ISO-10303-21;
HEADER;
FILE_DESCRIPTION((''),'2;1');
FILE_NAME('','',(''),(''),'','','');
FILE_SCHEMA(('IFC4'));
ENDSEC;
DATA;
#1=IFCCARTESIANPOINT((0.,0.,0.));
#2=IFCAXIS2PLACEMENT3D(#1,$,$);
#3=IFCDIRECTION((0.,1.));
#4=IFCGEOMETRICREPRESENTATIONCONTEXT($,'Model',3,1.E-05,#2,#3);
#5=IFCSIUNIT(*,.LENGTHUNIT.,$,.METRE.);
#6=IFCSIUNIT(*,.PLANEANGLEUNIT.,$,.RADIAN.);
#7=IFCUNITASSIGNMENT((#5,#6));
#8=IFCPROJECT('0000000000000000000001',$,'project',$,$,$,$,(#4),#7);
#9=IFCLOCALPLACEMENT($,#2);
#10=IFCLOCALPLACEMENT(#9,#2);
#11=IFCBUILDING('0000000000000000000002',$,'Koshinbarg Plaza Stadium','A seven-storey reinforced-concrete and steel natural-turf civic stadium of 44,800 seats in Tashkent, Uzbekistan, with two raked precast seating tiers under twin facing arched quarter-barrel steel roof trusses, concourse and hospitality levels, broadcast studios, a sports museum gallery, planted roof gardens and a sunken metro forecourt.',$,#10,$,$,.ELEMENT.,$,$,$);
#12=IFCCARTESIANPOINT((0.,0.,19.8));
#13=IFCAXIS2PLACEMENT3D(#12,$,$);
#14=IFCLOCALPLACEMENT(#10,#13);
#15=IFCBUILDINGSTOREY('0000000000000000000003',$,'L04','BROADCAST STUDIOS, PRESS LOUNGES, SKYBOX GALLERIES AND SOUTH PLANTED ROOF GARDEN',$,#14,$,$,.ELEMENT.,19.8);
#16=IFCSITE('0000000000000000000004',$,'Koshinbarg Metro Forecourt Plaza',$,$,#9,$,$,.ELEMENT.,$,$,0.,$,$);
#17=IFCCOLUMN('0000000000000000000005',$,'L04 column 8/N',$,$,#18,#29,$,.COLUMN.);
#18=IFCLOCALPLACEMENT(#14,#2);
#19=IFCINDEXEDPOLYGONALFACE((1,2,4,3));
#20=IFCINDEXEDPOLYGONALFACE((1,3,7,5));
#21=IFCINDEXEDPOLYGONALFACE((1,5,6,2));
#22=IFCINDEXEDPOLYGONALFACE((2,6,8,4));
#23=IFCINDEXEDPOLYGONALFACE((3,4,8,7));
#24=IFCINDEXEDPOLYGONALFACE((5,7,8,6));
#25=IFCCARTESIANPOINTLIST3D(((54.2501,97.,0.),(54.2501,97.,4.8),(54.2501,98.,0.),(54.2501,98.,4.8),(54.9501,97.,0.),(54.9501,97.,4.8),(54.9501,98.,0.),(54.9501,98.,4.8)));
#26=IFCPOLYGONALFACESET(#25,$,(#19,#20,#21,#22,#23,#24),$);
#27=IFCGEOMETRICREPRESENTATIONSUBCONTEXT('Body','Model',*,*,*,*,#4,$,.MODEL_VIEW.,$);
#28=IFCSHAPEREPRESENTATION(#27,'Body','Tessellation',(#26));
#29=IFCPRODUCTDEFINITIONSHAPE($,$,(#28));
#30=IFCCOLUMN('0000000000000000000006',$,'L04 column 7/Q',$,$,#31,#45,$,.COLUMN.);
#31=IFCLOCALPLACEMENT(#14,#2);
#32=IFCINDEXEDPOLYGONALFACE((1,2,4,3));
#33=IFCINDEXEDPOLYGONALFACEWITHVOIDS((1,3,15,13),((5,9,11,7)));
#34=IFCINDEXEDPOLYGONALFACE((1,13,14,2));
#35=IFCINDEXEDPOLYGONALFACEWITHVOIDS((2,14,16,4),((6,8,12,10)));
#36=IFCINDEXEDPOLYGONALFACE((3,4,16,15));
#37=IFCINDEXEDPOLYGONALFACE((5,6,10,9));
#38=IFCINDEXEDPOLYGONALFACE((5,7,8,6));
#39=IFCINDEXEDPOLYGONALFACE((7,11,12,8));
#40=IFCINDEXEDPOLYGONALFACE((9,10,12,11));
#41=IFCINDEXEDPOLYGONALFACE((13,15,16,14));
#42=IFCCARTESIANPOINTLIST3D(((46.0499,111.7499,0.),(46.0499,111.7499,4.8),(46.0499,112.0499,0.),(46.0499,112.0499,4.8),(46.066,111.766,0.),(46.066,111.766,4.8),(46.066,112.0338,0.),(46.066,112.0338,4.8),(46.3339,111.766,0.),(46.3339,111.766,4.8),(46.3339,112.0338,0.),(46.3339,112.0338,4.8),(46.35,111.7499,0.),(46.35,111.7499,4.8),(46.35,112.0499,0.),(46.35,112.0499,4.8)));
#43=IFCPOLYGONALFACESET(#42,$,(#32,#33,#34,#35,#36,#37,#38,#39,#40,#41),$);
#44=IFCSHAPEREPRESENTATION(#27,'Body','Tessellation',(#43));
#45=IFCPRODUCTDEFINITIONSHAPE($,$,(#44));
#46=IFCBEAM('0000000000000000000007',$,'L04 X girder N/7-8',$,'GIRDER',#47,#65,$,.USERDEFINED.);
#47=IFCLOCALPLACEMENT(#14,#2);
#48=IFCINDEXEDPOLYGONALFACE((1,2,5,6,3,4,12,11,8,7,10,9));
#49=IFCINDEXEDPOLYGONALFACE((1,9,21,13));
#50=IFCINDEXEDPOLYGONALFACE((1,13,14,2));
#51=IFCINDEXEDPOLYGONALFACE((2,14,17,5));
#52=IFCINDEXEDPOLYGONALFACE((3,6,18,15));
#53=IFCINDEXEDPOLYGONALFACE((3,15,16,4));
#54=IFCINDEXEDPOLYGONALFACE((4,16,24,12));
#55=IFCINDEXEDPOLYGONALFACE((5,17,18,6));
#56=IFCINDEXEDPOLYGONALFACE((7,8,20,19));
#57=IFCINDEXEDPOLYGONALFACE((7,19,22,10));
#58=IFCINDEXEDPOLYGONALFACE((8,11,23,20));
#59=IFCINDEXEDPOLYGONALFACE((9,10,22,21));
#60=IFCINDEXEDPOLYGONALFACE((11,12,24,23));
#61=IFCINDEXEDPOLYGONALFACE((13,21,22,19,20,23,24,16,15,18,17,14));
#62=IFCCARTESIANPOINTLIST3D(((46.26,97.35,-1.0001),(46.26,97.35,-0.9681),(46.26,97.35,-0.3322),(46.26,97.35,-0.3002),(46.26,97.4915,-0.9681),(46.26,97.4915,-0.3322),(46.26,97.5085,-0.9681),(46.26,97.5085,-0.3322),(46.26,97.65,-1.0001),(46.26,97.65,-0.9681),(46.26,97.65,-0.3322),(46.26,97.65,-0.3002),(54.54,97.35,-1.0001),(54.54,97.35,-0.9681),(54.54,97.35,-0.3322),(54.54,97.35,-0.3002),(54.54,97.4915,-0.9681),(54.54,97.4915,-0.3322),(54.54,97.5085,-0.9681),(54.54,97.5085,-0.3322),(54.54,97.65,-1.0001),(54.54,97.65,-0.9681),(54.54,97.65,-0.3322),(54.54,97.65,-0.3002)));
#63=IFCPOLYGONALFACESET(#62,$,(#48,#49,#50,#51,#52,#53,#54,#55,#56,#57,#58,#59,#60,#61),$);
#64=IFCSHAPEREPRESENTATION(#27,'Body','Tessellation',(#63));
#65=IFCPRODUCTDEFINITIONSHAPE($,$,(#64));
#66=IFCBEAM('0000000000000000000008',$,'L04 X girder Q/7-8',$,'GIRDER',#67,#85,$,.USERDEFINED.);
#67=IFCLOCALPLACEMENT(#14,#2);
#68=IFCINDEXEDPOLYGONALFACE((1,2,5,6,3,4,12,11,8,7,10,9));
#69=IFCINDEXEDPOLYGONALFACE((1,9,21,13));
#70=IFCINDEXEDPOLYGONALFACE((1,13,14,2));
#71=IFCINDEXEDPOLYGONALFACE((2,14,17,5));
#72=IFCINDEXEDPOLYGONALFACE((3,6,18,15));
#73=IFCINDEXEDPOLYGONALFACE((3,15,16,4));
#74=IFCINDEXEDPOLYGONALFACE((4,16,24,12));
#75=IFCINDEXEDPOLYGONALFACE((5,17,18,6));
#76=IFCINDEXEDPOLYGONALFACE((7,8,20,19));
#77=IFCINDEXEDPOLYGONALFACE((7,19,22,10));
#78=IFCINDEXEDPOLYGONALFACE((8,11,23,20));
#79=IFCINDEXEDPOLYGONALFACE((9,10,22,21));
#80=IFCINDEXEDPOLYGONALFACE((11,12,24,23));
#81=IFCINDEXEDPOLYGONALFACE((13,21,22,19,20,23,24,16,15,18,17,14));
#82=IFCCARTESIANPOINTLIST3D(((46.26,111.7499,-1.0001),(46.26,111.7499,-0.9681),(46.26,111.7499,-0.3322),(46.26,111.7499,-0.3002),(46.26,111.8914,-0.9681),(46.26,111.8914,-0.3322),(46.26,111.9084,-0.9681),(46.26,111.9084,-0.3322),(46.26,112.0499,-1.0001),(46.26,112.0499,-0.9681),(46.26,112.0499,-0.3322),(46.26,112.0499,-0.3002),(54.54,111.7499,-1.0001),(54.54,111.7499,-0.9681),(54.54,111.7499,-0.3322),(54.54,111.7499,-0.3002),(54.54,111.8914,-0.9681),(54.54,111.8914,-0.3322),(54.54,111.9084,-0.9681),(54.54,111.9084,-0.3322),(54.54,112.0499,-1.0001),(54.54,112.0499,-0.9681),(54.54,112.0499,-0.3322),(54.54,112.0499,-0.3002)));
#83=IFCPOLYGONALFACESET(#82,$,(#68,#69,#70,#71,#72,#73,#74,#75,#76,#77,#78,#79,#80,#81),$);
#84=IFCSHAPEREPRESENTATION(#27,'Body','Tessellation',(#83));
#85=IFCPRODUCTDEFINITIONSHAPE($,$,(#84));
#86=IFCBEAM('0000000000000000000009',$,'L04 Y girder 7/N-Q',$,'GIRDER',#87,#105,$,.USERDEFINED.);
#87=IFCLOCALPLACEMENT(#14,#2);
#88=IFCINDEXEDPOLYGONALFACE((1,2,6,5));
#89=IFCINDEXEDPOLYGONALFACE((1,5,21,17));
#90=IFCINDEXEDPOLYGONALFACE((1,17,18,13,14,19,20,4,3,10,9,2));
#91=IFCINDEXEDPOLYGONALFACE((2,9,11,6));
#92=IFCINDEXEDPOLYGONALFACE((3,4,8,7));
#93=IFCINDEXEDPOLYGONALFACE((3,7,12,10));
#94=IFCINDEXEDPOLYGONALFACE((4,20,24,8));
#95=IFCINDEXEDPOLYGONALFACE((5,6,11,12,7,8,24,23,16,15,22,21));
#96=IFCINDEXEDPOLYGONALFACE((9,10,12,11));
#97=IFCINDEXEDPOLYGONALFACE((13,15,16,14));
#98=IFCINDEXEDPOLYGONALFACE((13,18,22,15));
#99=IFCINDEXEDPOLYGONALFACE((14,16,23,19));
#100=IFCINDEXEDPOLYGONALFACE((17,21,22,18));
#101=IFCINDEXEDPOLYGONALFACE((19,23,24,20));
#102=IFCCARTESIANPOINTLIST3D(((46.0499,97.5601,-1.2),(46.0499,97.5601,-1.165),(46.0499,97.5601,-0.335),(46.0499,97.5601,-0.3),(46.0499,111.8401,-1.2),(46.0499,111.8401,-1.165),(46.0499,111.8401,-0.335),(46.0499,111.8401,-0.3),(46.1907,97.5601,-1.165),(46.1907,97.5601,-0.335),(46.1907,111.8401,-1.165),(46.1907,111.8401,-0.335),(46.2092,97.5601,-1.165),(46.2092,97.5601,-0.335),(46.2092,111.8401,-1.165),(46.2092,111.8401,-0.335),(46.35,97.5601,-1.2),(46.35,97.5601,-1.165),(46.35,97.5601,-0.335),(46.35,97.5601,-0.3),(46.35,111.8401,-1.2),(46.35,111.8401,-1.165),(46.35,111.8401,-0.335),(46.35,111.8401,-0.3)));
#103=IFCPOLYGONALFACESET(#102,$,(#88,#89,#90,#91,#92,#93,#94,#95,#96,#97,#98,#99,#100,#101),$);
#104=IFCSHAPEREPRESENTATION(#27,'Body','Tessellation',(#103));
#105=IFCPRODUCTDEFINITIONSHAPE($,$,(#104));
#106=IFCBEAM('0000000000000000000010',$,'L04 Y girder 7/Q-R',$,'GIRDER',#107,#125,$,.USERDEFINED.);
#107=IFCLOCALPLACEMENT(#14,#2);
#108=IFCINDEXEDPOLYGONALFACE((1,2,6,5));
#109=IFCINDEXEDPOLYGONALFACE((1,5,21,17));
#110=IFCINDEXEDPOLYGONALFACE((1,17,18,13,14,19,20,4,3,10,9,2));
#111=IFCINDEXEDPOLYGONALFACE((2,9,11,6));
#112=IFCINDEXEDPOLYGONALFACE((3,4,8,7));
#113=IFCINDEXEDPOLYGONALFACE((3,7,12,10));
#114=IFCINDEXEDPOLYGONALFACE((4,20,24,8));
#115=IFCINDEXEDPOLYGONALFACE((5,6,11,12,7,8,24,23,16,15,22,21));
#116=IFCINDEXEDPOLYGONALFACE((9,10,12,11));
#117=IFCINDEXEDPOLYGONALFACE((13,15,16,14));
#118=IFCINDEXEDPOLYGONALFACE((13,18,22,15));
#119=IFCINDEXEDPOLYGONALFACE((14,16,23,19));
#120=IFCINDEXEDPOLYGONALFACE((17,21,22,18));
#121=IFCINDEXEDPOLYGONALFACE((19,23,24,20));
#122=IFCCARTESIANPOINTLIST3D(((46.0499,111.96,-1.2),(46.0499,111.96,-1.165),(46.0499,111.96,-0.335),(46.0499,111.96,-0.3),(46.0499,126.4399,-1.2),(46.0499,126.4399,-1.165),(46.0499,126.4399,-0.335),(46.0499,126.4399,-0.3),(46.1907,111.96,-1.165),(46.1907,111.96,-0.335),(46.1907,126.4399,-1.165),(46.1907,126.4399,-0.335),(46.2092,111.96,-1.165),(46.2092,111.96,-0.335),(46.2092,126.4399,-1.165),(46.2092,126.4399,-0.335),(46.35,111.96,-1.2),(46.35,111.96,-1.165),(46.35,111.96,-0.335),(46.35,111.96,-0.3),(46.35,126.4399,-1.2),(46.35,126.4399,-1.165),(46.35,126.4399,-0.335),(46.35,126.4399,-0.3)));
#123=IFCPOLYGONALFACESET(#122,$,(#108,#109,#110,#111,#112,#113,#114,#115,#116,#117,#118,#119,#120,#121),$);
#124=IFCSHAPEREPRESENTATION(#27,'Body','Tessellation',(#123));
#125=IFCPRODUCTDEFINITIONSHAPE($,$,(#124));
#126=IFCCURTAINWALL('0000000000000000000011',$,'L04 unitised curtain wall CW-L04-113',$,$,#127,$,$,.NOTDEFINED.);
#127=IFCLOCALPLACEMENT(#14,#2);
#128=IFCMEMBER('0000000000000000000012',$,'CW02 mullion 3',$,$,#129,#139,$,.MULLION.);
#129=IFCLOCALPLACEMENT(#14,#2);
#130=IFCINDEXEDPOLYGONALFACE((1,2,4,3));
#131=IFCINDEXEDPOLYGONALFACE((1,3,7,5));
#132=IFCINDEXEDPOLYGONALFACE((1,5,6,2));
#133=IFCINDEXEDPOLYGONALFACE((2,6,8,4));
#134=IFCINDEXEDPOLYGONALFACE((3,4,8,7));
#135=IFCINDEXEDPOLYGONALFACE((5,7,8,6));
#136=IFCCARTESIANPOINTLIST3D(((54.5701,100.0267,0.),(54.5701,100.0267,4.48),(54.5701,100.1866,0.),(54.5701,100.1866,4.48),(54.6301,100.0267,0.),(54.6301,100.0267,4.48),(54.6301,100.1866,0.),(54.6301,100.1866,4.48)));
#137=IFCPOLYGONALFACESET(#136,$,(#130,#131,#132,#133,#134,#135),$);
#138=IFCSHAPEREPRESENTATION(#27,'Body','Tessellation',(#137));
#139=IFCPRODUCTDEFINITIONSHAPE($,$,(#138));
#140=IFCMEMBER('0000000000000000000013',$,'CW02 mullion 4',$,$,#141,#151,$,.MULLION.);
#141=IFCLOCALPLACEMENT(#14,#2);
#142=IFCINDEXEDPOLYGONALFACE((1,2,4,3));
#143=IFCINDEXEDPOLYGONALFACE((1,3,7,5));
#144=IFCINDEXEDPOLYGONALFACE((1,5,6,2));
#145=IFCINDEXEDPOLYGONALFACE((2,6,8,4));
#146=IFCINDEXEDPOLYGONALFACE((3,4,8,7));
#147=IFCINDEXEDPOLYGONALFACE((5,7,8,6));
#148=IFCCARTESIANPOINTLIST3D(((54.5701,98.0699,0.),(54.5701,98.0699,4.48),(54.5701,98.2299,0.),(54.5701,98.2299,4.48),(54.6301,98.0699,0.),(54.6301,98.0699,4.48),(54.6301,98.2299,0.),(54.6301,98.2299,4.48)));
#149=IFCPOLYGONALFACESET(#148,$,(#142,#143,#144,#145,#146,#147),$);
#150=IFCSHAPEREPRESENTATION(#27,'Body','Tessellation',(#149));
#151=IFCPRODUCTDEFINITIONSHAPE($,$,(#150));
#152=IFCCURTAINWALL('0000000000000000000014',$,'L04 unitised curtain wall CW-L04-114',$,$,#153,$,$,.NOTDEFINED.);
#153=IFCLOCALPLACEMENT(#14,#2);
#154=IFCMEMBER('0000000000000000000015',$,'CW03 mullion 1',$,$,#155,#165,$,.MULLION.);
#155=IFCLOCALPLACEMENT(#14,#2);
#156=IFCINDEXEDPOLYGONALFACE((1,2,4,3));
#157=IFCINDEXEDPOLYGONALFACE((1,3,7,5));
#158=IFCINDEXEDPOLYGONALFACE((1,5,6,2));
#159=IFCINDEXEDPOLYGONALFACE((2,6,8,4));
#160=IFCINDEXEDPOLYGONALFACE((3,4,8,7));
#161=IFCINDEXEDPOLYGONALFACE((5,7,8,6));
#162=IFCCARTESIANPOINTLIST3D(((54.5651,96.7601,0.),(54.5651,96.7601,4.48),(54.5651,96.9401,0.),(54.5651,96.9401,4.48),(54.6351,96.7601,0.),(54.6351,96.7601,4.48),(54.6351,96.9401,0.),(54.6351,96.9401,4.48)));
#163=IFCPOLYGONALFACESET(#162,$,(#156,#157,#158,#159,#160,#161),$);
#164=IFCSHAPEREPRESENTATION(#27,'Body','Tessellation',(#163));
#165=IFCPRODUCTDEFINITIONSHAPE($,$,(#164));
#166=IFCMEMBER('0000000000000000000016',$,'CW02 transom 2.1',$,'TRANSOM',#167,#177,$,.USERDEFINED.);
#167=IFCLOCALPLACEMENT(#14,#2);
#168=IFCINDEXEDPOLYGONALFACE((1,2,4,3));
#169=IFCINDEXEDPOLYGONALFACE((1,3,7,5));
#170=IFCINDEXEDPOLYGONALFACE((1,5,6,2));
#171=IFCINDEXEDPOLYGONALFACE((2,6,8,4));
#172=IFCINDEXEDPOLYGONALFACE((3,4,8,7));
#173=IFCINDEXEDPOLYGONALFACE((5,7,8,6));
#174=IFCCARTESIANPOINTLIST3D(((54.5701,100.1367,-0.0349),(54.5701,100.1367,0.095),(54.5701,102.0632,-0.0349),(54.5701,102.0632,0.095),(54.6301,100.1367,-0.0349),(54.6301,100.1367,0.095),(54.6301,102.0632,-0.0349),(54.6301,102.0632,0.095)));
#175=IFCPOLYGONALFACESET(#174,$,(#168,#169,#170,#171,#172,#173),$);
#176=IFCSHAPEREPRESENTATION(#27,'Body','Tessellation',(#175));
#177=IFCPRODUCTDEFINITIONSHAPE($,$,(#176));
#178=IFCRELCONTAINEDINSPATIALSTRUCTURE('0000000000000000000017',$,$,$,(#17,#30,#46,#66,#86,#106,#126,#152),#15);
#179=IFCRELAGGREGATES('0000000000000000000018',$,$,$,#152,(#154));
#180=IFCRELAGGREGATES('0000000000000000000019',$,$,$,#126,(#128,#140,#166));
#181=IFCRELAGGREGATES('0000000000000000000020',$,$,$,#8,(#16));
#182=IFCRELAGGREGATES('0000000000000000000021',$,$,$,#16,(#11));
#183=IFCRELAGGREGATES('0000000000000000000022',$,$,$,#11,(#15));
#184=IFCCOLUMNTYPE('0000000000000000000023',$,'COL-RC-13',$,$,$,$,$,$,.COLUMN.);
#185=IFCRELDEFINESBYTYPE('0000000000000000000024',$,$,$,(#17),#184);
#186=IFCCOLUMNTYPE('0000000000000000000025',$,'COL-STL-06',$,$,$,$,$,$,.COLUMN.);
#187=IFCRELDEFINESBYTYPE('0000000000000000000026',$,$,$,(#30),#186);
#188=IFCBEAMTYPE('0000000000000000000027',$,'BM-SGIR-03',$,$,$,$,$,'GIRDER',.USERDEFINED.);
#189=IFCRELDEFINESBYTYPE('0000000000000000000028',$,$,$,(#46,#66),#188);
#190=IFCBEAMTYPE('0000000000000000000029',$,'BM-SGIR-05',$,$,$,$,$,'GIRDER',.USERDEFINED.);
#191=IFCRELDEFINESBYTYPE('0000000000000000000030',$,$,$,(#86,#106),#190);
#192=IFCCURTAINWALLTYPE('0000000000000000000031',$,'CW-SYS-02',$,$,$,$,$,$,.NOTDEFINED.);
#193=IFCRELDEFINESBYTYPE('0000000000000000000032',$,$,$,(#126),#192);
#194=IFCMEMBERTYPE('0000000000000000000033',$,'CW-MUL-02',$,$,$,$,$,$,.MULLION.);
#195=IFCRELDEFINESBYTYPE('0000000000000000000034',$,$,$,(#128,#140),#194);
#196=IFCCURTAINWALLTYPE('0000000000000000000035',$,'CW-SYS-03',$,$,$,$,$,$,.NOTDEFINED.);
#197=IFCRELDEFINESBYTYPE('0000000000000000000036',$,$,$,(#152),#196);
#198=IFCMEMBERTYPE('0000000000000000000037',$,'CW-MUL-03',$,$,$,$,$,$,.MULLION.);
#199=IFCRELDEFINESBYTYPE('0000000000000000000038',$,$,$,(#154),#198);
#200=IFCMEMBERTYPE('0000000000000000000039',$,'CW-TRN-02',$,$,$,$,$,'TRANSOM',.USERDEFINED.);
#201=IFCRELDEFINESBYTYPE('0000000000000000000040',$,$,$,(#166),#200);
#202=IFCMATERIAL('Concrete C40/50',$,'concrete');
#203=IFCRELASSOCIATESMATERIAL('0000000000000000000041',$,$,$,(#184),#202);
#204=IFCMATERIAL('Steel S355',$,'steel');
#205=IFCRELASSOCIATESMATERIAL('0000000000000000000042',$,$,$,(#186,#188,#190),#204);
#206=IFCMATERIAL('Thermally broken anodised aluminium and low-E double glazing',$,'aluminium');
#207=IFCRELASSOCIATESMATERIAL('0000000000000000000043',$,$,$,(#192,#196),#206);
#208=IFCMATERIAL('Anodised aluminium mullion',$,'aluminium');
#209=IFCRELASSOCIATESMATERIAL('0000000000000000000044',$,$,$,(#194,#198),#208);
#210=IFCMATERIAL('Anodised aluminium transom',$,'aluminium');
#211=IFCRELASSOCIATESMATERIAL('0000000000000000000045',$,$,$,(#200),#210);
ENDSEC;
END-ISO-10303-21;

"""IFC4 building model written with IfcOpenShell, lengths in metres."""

from ifc_helpers import new_model, si_unit, direction, frame, origin, origin_2d, place, context, subcontext, project, spatial, rectangle, hollow_rectangle, i_section, extrude, material, material_profile, profile_set, type_object, element, aggregate, save


model = new_model("IFC4")

# Units and contexts
model_context = context("Model", 3, precision=1e-05, world=origin(), true_north=direction((0.0, 1.0)))
body_context = subcontext(model_context, "Body", "Model", "MODEL_VIEW")
ifc_project = project(units=[si_unit("LENGTHUNIT", "METRE"), si_unit("PLANEANGLEUNIT", "RADIAN")], contexts=[model_context])

# Site, building, storey
site_placement = place(None, origin())
site = spatial("IfcSite", under=ifc_project, at=site_placement, Name="Koshinbarg Metro Forecourt Plaza", CompositionType="ELEMENT", RefElevation=0.0)
building_placement = place(site_placement, origin())
building = spatial("IfcBuilding", under=site, at=building_placement, Name="Koshinbarg Plaza Stadium", Description="A seven-storey reinforced-concrete and steel natural-turf civic stadium of 44,800 seats in Tashkent, Uzbekistan, with two raked precast seating tiers under twin facing arched quarter-barrel steel roof trusses, concourse and hospitality levels, broadcast studios, a sports museum gallery, planted roof gardens and a sunken metro forecourt.", CompositionType="ELEMENT")
storey_placement = place(building_placement, frame((0.0, 0.0, 19.8)))
storey = spatial("IfcBuildingStorey", under=building, at=storey_placement, Name="L04", Description="BROADCAST STUDIOS, PRESS LOUNGES, SKYBOX GALLERIES AND SOUTH PLANTED ROOF GARDEN", CompositionType="ELEMENT", Elevation=19.8)

# Columns
ifc_material_1 = material(Name="Concrete C40/50", Category="concrete")
ifc_material_profile_1 = material_profile(ifc_material_1, rectangle(XDim=0.7, YDim=1.0, at=origin_2d()), Name="RC 700x1000")
ifc_profile_set_1 = profile_set([ifc_material_profile_1], Name="Concrete C40/50")
column_type_1 = type_object("IfcColumnType", Name="COL-RC-13", PredefinedType="COLUMN", material=ifc_profile_set_1)
column_1_placement = place(storey_placement, frame((54.6001, 97.5, 0.0), z_axis=(0.0, 0.0, 1.0), x_axis=(1.0, 0.0, 0.0)))
element("IfcColumn", 1, at=column_1_placement, inside=storey, type_object=column_type_1, Name="L04 column 8/N", PredefinedType="COLUMN", context=body_context, shape_type="SweptSolid", body=[
    extrude(rectangle(XDim=0.7, YDim=1.0, at=origin_2d()), origin(), (0.0, 0.0, 1.0), 4.8),
])
ifc_material_2 = material(Name="Steel S355", Category="steel")
ifc_material_profile_2 = material_profile(ifc_material_2, hollow_rectangle(XDim=0.3, YDim=0.3, WallThickness=0.0161, at=origin_2d()), Name="SHS 300x300x16")
ifc_profile_set_2 = profile_set([ifc_material_profile_2], Name="Steel S355")
column_type_2 = type_object("IfcColumnType", Name="COL-STL-06", PredefinedType="COLUMN", material=ifc_profile_set_2)
column_2_placement = place(storey_placement, frame((46.2, 111.8999, 0.0), z_axis=(0.0, 0.0, 1.0), x_axis=(1.0, 0.0, 0.0)))
element("IfcColumn", 2, at=column_2_placement, inside=storey, type_object=column_type_2, Name="L04 column 7/Q", PredefinedType="COLUMN", context=body_context, shape_type="SweptSolid", body=[
    extrude(hollow_rectangle(XDim=0.3, YDim=0.3, WallThickness=0.0161, at=origin_2d()), origin(), (0.0, 0.0, 1.0), 4.8),
])

# Beams
ifc_material_profile_3 = material_profile(ifc_material_2, i_section(OverallWidth=0.3, OverallDepth=0.7, WebThickness=0.0171, FlangeThickness=0.032, at=origin_2d()), Name="HEB 700")
ifc_profile_set_3 = profile_set([ifc_material_profile_3], Name="Steel S355")
beam_type_1 = type_object("IfcBeamType", Name="BM-SGIR-03", ElementType="GIRDER", PredefinedType="USERDEFINED", material=ifc_profile_set_3)
for number, where, z_axis, x_axis, name in (
    (3, (46.26, 97.5, -0.6501), (1.0, 0.0, 0.0), (0.0, 1.0, 0.0), "L04 X girder N/7-8"),
    (4, (46.26, 111.8999, -0.6501), (1.0, 0.0, 0.0), (0.0, 1.0, 0.0), "L04 X girder Q/7-8"),
):
    element("IfcBeam", number, at=place(storey_placement, frame(where, z_axis=z_axis, x_axis=x_axis)), inside=storey, type_object=beam_type_1, Name=name, ObjectType="GIRDER", PredefinedType="USERDEFINED", context=body_context, shape_type="SweptSolid", body=[
        extrude(i_section(OverallWidth=0.3, OverallDepth=0.7, WebThickness=0.0171, FlangeThickness=0.032, at=origin_2d()), origin(), (0.0, 0.0, 1.0), 8.28),
    ])
ifc_material_profile_4 = material_profile(ifc_material_2, i_section(OverallWidth=0.3, OverallDepth=0.8999, WebThickness=0.0186, FlangeThickness=0.0349, at=origin_2d()), Name="HEB 900")
ifc_profile_set_4 = profile_set([ifc_material_profile_4], Name="Steel S355")
beam_type_2 = type_object("IfcBeamType", Name="BM-SGIR-05", ElementType="GIRDER", PredefinedType="USERDEFINED", material=ifc_profile_set_4)
beam_1_placement = place(storey_placement, frame((46.2, 97.5601, -0.75), z_axis=(0.0, 1.0, 0.0), x_axis=(-1.0, 0.0, 0.0)))
element("IfcBeam", 5, at=beam_1_placement, inside=storey, type_object=beam_type_2, Name="L04 Y girder 7/N-Q", ObjectType="GIRDER", PredefinedType="USERDEFINED", context=body_context, shape_type="SweptSolid", body=[
    extrude(i_section(OverallWidth=0.3, OverallDepth=0.8999, WebThickness=0.0186, FlangeThickness=0.0349, at=origin_2d()), origin(), (0.0, 0.0, 1.0), 14.28),
])
beam_2_placement = place(storey_placement, frame((46.2, 111.96, -0.75), z_axis=(0.0, 1.0, 0.0), x_axis=(-1.0, 0.0, 0.0)))
element("IfcBeam", 6, at=beam_2_placement, inside=storey, type_object=beam_type_2, Name="L04 Y girder 7/Q-R", ObjectType="GIRDER", PredefinedType="USERDEFINED", context=body_context, shape_type="SweptSolid", body=[
    extrude(i_section(OverallWidth=0.3, OverallDepth=0.8999, WebThickness=0.0186, FlangeThickness=0.0349, at=origin_2d()), origin(), (0.0, 0.0, 1.0), 14.48),
])

# Curtain wall, members
ifc_material_3 = material(Name="Thermally broken anodised aluminium and low-E double glazing", Category="aluminium")
curtain_wall_type_1 = type_object("IfcCurtainWallType", Name="CW-SYS-02", PredefinedType="NOTDEFINED", material=ifc_material_3)
curtain_wall_1_placement = place(storey_placement, origin())
curtain_wall_1 = element("IfcCurtainWall", 7, at=curtain_wall_1_placement, inside=storey, type_object=curtain_wall_type_1, Name="L04 unitised curtain wall CW-L04-113", PredefinedType="NOTDEFINED")
ifc_material_4 = material(Name="Anodised aluminium mullion", Category="aluminium")
ifc_material_profile_5 = material_profile(ifc_material_4, rectangle(XDim=0.0601, YDim=0.1599, at=origin_2d()), Name="ALU 60x160")
ifc_profile_set_5 = profile_set([ifc_material_profile_5], Name="Anodised aluminium mullion")
member_type_1 = type_object("IfcMemberType", Name="CW-MUL-02", PredefinedType="MULLION", material=ifc_profile_set_5)
member_1_placement = place(storey_placement, frame((54.6001, 100.1067, 0.0), z_axis=(0.0, 0.0, 1.0), x_axis=(1.0, 0.0, 0.0)))
member_1 = element("IfcMember", 8, at=member_1_placement, type_object=member_type_1, Name="CW02 mullion 3", PredefinedType="MULLION", context=body_context, shape_type="SweptSolid", body=[
    extrude(rectangle(XDim=0.0601, YDim=0.1599, at=origin_2d()), origin(), (0.0, 0.0, 1.0), 4.48),
])
member_2_placement = place(storey_placement, frame((54.6001, 98.1499, 0.0), z_axis=(0.0, 0.0, 1.0), x_axis=(1.0, 0.0, 0.0)))
member_2 = element("IfcMember", 9, at=member_2_placement, type_object=member_type_1, Name="CW02 mullion 4", PredefinedType="MULLION", context=body_context, shape_type="SweptSolid", body=[
    extrude(rectangle(XDim=0.0601, YDim=0.1599, at=origin_2d()), origin(), (0.0, 0.0, 1.0), 4.48),
])

# Curtain wall, member
curtain_wall_type_2 = type_object("IfcCurtainWallType", Name="CW-SYS-03", PredefinedType="NOTDEFINED", material=ifc_material_3)
curtain_wall_2_placement = place(storey_placement, origin())
curtain_wall_2 = element("IfcCurtainWall", 10, at=curtain_wall_2_placement, inside=storey, type_object=curtain_wall_type_2, Name="L04 unitised curtain wall CW-L04-114", PredefinedType="NOTDEFINED")
ifc_material_profile_6 = material_profile(ifc_material_4, rectangle(XDim=0.0701, YDim=0.1799, at=origin_2d()), Name="ALU 70x180")
ifc_profile_set_6 = profile_set([ifc_material_profile_6], Name="Anodised aluminium mullion")
member_type_2 = type_object("IfcMemberType", Name="CW-MUL-03", PredefinedType="MULLION", material=ifc_profile_set_6)
member_3_placement = place(storey_placement, frame((54.6001, 96.8501, 0.0), z_axis=(0.0, 0.0, 1.0), x_axis=(1.0, 0.0, 0.0)))
member_3 = element("IfcMember", 11, at=member_3_placement, type_object=member_type_2, Name="CW03 mullion 1", PredefinedType="MULLION", context=body_context, shape_type="SweptSolid", body=[
    extrude(rectangle(XDim=0.0701, YDim=0.1799, at=origin_2d()), origin(), (0.0, 0.0, 1.0), 4.48),
])
aggregate(curtain_wall_2, [member_3])

# Member
ifc_material_5 = material(Name="Anodised aluminium transom", Category="aluminium")
ifc_material_profile_7 = material_profile(ifc_material_5, rectangle(XDim=0.0601, YDim=0.1299, at=origin_2d()), Name="ALU 60x130")
ifc_profile_set_7 = profile_set([ifc_material_profile_7], Name="Anodised aluminium transom")
member_type_3 = type_object("IfcMemberType", Name="CW-TRN-02", ElementType="TRANSOM", PredefinedType="USERDEFINED", material=ifc_profile_set_7)
member_4_placement = place(storey_placement, frame((54.6001, 102.0632, 0.03), z_axis=(0.0, -1.0, 0.0), x_axis=(1.0, 0.0, 0.0)))
member_4 = element("IfcMember", 12, at=member_4_placement, type_object=member_type_3, Name="CW02 transom 2.1", ObjectType="TRANSOM", PredefinedType="USERDEFINED", context=body_context, shape_type="SweptSolid", body=[
    extrude(rectangle(XDim=0.0601, YDim=0.1299, at=origin_2d()), origin(), (0.0, 0.0, 1.0), 1.9265),
])

aggregate(curtain_wall_1, [member_1, member_2, member_4])

save(model, "model.ifc")
